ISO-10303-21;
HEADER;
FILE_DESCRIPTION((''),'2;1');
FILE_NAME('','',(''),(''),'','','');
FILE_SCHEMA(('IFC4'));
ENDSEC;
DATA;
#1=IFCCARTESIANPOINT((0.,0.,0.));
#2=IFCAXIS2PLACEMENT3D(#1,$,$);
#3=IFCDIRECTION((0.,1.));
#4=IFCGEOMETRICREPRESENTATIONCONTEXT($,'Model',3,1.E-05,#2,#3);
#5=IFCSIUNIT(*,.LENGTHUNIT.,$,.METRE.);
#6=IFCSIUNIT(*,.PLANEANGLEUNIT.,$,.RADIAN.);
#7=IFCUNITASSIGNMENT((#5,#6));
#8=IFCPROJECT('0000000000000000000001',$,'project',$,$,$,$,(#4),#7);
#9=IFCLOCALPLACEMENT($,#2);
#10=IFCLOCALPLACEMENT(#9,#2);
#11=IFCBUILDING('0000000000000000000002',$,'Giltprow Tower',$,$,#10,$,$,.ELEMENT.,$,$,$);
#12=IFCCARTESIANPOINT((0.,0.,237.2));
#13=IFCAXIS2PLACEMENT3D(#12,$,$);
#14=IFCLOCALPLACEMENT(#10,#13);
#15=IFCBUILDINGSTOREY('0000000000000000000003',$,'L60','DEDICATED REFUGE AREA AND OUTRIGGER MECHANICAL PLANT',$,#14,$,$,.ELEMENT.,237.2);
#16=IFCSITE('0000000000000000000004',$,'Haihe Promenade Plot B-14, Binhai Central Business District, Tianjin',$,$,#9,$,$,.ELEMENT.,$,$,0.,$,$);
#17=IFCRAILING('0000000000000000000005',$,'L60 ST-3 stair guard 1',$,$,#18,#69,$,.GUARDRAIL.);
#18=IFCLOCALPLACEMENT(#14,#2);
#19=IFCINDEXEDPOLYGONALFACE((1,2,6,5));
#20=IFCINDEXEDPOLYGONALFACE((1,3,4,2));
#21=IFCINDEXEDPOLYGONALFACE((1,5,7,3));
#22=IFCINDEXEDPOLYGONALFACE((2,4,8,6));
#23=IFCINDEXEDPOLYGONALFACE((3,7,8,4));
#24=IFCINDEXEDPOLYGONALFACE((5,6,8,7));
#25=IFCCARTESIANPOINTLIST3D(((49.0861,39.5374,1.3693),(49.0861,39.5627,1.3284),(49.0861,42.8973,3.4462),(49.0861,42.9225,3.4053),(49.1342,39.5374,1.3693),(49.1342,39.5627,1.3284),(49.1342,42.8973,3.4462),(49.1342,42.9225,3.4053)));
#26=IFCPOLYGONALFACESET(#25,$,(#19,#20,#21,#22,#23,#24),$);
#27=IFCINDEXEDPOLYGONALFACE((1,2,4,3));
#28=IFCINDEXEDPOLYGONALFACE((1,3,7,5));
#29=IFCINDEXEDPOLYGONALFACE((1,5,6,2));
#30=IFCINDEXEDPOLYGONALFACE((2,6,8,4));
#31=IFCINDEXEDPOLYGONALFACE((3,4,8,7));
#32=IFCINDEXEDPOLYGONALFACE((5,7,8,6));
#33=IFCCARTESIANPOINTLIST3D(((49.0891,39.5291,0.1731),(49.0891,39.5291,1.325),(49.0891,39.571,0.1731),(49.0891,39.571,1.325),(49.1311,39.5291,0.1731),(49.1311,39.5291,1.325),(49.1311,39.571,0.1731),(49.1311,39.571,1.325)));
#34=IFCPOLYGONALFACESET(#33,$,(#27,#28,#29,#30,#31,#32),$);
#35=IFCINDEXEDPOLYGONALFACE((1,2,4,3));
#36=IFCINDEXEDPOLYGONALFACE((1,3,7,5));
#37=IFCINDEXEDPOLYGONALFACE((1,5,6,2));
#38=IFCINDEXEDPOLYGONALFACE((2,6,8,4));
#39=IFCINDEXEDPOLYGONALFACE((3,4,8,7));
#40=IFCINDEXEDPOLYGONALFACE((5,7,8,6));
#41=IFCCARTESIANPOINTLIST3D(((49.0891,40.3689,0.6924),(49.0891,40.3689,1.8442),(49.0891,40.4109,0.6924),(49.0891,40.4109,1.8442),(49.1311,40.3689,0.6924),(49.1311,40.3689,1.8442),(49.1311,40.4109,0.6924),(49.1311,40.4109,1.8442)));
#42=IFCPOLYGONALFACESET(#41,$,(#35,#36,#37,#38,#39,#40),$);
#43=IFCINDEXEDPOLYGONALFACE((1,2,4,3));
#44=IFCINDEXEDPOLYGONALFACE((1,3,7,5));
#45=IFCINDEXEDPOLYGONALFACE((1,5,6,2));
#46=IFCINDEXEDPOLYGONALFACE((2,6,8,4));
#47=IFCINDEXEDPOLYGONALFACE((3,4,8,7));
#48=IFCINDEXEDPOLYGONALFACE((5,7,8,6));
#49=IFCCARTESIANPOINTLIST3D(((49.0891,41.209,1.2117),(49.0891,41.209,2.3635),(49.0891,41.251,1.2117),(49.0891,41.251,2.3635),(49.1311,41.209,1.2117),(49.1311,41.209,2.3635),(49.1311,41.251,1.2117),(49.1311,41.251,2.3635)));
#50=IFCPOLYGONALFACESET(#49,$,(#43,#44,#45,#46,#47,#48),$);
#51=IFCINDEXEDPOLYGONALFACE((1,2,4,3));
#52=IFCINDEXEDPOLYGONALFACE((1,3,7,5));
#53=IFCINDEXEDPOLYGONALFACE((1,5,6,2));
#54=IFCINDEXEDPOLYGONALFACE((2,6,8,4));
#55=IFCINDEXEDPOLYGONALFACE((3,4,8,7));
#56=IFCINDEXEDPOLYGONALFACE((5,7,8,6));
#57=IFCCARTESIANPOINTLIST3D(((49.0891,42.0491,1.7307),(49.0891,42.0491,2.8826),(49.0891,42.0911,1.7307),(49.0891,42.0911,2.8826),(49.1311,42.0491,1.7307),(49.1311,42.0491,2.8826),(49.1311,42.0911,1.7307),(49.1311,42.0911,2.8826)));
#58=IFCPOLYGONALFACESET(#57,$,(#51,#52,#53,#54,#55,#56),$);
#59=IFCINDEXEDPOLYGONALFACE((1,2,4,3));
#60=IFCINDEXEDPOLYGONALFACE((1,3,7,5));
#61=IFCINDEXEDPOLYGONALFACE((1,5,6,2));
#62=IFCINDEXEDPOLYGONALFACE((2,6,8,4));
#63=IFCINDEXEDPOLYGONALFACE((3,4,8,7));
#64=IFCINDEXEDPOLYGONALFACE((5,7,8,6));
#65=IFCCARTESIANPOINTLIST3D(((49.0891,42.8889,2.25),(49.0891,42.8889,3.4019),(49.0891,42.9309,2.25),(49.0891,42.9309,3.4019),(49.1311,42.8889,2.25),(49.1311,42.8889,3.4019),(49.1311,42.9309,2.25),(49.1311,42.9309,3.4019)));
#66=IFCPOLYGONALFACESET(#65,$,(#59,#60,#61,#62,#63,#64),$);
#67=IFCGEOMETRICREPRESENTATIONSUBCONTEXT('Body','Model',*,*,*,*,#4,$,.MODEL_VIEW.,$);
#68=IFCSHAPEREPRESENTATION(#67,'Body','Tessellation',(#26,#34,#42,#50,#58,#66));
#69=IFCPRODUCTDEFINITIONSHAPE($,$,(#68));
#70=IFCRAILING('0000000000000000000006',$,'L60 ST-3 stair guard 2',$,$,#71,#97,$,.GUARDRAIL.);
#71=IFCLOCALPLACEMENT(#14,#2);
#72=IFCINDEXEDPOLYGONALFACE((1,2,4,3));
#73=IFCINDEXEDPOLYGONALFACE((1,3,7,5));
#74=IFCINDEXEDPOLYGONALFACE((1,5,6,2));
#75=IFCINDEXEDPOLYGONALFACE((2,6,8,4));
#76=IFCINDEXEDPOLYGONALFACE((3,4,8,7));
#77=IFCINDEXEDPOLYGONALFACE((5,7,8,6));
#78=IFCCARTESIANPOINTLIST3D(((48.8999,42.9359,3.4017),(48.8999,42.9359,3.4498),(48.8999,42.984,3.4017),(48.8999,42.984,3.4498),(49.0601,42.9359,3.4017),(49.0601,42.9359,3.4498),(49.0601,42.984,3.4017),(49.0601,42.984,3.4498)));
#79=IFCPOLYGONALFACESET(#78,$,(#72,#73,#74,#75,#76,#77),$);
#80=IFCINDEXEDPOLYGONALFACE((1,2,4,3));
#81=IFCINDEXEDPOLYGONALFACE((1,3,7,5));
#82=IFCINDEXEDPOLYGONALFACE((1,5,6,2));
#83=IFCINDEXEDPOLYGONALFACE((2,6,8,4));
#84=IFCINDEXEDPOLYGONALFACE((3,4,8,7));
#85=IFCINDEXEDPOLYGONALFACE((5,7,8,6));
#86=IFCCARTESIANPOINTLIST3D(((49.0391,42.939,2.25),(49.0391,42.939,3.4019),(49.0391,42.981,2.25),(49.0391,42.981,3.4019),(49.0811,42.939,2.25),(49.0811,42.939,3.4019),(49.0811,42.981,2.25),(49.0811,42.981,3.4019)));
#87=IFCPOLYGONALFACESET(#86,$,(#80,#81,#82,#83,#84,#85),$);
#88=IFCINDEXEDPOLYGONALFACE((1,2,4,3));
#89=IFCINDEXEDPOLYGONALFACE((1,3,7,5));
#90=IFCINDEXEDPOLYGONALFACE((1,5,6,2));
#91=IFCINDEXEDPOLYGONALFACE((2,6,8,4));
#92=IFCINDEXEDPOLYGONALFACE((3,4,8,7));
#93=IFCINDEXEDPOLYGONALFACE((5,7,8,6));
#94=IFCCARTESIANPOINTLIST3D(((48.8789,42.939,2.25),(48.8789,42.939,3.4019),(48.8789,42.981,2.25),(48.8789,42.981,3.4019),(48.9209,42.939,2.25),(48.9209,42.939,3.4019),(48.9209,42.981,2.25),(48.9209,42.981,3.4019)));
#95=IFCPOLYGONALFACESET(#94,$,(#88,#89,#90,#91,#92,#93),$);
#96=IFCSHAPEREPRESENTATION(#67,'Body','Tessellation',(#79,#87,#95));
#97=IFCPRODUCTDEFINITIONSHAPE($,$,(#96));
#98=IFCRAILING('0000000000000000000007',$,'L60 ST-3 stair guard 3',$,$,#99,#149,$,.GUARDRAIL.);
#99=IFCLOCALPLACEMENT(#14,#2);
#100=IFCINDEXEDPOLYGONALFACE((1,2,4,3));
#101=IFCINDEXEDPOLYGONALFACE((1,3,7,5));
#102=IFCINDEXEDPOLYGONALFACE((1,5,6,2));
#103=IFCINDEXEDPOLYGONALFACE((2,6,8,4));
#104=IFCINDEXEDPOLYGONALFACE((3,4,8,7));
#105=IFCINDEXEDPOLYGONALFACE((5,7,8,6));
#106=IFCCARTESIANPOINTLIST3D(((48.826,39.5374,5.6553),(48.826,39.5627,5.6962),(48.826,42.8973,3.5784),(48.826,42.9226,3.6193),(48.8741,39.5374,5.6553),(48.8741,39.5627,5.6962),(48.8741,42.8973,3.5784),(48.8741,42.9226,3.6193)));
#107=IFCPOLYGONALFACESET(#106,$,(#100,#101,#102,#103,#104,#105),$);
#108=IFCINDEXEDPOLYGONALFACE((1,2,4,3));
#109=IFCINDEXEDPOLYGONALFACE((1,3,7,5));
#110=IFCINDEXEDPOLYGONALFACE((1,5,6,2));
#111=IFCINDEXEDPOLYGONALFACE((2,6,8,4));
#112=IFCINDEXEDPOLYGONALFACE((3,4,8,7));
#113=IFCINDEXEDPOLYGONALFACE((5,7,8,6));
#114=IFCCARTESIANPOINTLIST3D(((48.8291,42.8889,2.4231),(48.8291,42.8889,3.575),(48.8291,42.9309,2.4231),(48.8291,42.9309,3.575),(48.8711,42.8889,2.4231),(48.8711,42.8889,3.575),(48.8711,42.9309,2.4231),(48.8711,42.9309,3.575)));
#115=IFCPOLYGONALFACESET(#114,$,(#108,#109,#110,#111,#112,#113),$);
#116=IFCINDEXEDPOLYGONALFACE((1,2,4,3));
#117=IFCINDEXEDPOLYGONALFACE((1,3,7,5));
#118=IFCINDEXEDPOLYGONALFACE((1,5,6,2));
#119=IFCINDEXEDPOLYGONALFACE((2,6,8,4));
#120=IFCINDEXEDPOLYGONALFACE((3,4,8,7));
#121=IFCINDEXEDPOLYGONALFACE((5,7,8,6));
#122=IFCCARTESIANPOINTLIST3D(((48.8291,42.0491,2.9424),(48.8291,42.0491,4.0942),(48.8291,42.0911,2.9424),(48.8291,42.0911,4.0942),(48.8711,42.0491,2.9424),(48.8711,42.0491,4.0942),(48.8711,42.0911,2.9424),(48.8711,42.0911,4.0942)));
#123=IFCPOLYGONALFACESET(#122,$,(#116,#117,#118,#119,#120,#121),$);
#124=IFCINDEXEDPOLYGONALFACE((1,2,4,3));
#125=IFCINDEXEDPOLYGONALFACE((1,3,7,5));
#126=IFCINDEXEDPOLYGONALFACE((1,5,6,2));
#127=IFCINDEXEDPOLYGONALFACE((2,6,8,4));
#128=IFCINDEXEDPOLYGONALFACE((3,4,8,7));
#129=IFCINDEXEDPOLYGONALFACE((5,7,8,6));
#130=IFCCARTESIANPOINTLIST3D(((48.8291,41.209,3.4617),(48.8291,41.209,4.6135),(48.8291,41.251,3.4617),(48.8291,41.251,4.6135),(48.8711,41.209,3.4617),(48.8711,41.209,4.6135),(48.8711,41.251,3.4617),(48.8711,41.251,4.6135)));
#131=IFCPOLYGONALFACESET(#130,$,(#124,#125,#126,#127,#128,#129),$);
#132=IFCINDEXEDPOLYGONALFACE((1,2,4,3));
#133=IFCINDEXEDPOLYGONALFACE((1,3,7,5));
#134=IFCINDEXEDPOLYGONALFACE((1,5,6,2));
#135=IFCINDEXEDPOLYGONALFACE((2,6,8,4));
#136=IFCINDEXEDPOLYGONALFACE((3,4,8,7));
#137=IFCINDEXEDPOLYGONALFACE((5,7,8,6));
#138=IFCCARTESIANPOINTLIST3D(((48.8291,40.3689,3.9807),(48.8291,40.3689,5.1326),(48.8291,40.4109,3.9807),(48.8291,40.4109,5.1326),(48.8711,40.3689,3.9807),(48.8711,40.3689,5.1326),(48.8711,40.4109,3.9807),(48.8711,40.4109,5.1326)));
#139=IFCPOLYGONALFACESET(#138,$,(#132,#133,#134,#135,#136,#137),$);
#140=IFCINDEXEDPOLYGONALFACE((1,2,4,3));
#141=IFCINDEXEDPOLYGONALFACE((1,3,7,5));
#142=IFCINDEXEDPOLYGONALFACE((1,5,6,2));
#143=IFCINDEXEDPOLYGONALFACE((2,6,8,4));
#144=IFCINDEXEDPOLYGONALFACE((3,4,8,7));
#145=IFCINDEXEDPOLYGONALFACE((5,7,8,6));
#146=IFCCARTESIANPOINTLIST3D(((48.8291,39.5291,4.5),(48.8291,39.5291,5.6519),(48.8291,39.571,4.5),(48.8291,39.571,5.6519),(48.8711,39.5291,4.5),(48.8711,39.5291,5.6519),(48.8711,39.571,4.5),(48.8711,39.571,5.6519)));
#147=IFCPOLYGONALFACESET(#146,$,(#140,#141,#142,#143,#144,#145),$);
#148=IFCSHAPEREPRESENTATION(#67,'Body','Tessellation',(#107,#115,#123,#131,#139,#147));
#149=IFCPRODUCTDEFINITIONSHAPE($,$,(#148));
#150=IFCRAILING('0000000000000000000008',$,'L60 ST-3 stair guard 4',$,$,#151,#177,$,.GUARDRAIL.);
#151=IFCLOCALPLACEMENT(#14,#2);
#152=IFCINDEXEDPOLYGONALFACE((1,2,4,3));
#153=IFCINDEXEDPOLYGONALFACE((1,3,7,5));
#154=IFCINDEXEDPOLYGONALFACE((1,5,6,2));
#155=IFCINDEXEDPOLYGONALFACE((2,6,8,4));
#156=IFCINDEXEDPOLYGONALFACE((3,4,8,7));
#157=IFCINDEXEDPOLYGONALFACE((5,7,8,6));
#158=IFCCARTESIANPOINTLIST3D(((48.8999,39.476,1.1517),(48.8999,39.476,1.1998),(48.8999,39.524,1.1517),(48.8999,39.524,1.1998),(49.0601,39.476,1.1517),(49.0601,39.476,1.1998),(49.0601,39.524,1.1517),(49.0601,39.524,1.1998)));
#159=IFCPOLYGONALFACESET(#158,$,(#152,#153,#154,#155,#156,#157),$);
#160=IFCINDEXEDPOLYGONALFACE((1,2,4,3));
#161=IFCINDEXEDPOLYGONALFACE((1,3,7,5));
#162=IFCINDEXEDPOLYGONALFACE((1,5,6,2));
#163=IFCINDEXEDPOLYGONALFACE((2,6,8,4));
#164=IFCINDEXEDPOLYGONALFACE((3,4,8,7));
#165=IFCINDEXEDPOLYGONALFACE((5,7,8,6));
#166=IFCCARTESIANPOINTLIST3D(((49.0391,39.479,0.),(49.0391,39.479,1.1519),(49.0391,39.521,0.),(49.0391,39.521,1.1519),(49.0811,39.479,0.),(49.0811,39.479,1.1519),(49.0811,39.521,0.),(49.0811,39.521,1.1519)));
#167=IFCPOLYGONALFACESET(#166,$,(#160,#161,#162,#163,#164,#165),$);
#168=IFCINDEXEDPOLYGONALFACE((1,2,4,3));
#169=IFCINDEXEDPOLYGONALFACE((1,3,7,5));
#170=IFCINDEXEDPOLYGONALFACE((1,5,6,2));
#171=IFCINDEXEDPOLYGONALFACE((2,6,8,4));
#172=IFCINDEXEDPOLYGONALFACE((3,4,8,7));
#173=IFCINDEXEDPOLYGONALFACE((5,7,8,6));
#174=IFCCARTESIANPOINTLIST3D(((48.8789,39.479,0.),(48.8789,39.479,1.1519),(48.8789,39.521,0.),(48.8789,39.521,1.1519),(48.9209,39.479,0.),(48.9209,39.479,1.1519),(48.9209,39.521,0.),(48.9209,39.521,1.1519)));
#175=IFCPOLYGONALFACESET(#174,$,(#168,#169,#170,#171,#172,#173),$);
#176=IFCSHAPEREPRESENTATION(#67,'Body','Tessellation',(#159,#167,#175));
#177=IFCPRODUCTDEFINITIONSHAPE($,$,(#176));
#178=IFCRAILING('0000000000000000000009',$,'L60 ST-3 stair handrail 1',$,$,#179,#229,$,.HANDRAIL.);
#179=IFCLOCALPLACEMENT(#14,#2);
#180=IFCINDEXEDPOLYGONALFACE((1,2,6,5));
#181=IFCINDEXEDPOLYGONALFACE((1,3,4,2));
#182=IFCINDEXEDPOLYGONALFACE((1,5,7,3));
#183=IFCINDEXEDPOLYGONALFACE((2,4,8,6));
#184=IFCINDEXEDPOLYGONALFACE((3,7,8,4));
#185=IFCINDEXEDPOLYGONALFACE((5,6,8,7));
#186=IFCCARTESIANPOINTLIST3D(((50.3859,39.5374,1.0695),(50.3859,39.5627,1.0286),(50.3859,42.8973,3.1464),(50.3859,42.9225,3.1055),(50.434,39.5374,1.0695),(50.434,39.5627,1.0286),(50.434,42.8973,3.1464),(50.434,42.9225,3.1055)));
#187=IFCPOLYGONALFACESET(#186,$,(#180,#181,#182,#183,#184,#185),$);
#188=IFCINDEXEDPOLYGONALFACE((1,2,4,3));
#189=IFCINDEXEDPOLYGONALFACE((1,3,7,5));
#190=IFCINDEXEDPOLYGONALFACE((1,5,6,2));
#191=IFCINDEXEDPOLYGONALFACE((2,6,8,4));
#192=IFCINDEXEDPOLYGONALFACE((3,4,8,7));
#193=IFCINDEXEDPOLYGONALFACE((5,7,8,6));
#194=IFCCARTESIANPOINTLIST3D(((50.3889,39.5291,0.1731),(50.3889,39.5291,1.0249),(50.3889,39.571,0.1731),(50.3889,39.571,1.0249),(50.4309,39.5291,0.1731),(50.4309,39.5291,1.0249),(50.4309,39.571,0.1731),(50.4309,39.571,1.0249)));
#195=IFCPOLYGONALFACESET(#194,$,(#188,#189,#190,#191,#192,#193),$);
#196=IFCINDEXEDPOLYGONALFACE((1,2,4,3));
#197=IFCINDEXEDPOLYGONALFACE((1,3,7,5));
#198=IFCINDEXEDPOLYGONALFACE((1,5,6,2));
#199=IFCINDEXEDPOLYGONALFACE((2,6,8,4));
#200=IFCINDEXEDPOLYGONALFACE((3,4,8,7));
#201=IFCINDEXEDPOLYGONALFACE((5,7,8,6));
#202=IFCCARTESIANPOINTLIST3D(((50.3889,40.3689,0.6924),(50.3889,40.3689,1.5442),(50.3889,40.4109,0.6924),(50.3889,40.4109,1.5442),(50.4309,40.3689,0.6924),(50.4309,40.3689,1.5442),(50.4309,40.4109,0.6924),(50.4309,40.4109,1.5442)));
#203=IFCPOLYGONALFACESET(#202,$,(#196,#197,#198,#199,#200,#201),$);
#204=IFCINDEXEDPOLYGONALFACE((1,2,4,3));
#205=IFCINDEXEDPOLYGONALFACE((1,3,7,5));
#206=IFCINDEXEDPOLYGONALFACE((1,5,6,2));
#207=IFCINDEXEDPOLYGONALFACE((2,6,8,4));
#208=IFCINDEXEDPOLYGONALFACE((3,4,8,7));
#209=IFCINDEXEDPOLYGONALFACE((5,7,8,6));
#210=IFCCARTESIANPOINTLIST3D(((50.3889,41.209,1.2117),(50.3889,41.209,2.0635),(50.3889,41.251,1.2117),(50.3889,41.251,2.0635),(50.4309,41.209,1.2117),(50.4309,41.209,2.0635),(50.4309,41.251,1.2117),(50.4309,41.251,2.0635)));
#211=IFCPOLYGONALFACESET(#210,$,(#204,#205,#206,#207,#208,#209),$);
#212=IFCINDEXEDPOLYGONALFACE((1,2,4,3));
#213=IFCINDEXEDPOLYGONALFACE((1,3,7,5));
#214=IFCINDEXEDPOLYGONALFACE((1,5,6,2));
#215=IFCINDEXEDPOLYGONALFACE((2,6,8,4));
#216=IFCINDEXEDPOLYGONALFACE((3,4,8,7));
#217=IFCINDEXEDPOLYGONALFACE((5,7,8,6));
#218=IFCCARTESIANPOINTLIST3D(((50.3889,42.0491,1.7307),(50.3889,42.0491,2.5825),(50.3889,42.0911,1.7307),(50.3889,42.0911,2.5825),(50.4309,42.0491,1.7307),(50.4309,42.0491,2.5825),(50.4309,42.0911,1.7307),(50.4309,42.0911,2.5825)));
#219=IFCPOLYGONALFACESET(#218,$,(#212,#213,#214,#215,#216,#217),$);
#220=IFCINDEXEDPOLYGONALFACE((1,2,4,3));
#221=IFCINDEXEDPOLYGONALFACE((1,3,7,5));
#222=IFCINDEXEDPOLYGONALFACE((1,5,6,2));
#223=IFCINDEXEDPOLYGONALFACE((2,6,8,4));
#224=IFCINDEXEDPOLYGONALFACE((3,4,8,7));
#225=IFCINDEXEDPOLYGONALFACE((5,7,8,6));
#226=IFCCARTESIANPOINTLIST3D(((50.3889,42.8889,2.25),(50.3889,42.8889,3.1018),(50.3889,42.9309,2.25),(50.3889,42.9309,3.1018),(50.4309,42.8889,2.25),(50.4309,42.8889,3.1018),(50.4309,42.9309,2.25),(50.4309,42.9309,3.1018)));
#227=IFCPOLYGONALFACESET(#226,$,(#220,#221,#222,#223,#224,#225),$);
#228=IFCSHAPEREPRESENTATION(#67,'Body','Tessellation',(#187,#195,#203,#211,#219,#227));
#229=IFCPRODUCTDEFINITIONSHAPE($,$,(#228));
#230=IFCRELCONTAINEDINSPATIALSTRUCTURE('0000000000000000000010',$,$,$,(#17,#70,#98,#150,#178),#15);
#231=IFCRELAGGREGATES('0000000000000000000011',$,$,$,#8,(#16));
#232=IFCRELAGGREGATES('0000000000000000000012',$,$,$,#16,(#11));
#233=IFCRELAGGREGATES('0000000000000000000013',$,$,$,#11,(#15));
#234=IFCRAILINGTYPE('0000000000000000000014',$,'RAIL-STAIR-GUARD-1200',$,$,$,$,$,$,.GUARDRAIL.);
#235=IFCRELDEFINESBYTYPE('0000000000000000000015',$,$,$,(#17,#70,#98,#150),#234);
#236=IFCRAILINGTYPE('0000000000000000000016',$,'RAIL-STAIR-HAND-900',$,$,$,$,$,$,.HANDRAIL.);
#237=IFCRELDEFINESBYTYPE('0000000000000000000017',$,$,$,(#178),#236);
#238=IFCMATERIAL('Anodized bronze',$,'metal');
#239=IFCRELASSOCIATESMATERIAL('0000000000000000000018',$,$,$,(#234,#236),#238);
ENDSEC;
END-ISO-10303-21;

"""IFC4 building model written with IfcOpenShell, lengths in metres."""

from ifc_helpers import new_model, si_unit, direction, frame, origin, origin_2d, place, context, subcontext, project, spatial, rectangle, extrude, material, type_object, element, save


model = new_model("IFC4")

# Units and contexts
model_context = context("Model", 3, precision=1e-05, world=origin(), true_north=direction((0.0, 1.0)))
body_context = subcontext(model_context, "Body", "Model", "MODEL_VIEW")
ifc_project = project(units=[si_unit("LENGTHUNIT", "METRE"), si_unit("PLANEANGLEUNIT", "RADIAN")], contexts=[model_context])

# Site, building, storey
site_placement = place(None, origin())
site = spatial("IfcSite", under=ifc_project, at=site_placement, Name="Haihe Promenade Plot B-14, Binhai Central Business District, Tianjin", CompositionType="ELEMENT", RefElevation=0.0)
building_placement = place(site_placement, origin())
building = spatial("IfcBuilding", under=site, at=building_placement, Name="Giltprow Tower", CompositionType="ELEMENT")
storey_placement = place(building_placement, frame((0.0, 0.0, 237.2)))
storey = spatial("IfcBuildingStorey", under=building, at=storey_placement, Name="L60", Description="DEDICATED REFUGE AREA AND OUTRIGGER MECHANICAL PLANT", CompositionType="ELEMENT", Elevation=237.2)

# Railings
ifc_material_1 = material(Name="Anodized bronze", Category="metal")
railing_type_1 = type_object("IfcRailingType", Name="RAIL-STAIR-GUARD-1200", PredefinedType="GUARDRAIL", material=ifc_material_1)
railing_1_placement = place(storey_placement, frame((49.1101, 39.55, 0.1731)))
element("IfcRailing", 1, at=railing_1_placement, inside=storey, type_object=railing_type_1, Name="L60 ST-3 stair guard 1", PredefinedType="GUARDRAIL", context=body_context, shape_type="SweptSolid", body=[
    extrude(rectangle(XDim=0.0481, YDim=0.0481, at=origin_2d()), frame((0.0, 0.0, 1.1758), z_axis=(0.0, 0.850606, 0.525803), x_axis=(-1.0, 0.0, 0.0)), (0.0, 0.0, 1.0), 3.95),
    extrude(rectangle(XDim=0.042, YDim=0.042, at=origin_2d()), origin(), (0.0, 0.0, 1.0), 1.1519),
    extrude(rectangle(XDim=0.042, YDim=0.042, at=origin_2d()), frame((0.0, 0.8398, 0.5193)), (0.0, 0.0, 1.0), 1.1519),
    extrude(rectangle(XDim=0.042, YDim=0.042, at=origin_2d()), frame((0.0, 1.6799, 1.0386)), (0.0, 0.0, 1.0), 1.1519),
    extrude(rectangle(XDim=0.042, YDim=0.042, at=origin_2d()), frame((0.0, 2.52, 1.5576)), (0.0, 0.0, 1.0), 1.1519),
    extrude(rectangle(XDim=0.042, YDim=0.042, at=origin_2d()), frame((0.0, 3.3599, 2.0769)), (0.0, 0.0, 1.0), 1.1519),
])
railing_2_placement = place(storey_placement, frame((49.0601, 42.96, 2.25)))
element("IfcRailing", 2, at=railing_2_placement, inside=storey, type_object=railing_type_1, Name="L60 ST-3 stair guard 2", PredefinedType="GUARDRAIL", context=body_context, shape_type="SweptSolid", body=[
    extrude(rectangle(XDim=0.0481, YDim=0.0481, at=origin_2d()), frame((0.0, 0.0, 1.1758), z_axis=(-1.0, 0.0, 0.0), x_axis=(0.0, -1.0, 0.0)), (0.0, 0.0, 1.0), 0.1602),
    extrude(rectangle(XDim=0.042, YDim=0.042, at=origin_2d()), origin(), (0.0, 0.0, 1.0), 1.1519),
    extrude(rectangle(XDim=0.042, YDim=0.042, at=origin_2d()), frame((-0.1602, 0.0, 0.0)), (0.0, 0.0, 1.0), 1.1519),
])
railing_3_placement = place(storey_placement, frame((48.8501, 42.9099, 2.4231)))
element("IfcRailing", 3, at=railing_3_placement, inside=storey, type_object=railing_type_1, Name="L60 ST-3 stair guard 3", PredefinedType="GUARDRAIL", context=body_context, shape_type="SweptSolid", body=[
    extrude(rectangle(XDim=0.0481, YDim=0.0481, at=origin_2d()), frame((0.0, 0.0, 1.1758), z_axis=(0.0, -0.850606, 0.525803), x_axis=(1.0, 0.0, 0.0)), (0.0, 0.0, 1.0), 3.95),
    extrude(rectangle(XDim=0.042, YDim=0.042, at=origin_2d()), origin(), (0.0, 0.0, 1.0), 1.1519),
    extrude(rectangle(XDim=0.042, YDim=0.042, at=origin_2d()), frame((0.0, -0.8398, 0.5193)), (0.0, 0.0, 1.0), 1.1519),
    extrude(rectangle(XDim=0.042, YDim=0.042, at=origin_2d()), frame((0.0, -1.6799, 1.0386)), (0.0, 0.0, 1.0), 1.1519),
    extrude(rectangle(XDim=0.042, YDim=0.042, at=origin_2d()), frame((0.0, -2.52, 1.5576)), (0.0, 0.0, 1.0), 1.1519),
    extrude(rectangle(XDim=0.042, YDim=0.042, at=origin_2d()), frame((0.0, -3.3599, 2.0769)), (0.0, 0.0, 1.0), 1.1519),
])
railing_4_placement = place(storey_placement, frame((49.0601, 39.5, 0.0)))
element("IfcRailing", 4, at=railing_4_placement, inside=storey, type_object=railing_type_1, Name="L60 ST-3 stair guard 4", PredefinedType="GUARDRAIL", context=body_context, shape_type="SweptSolid", body=[
    extrude(rectangle(XDim=0.0481, YDim=0.0481, at=origin_2d()), frame((0.0, 0.0, 1.1758), z_axis=(-1.0, 0.0, 0.0), x_axis=(0.0, -1.0, 0.0)), (0.0, 0.0, 1.0), 0.1602),
    extrude(rectangle(XDim=0.042, YDim=0.042, at=origin_2d()), origin(), (0.0, 0.0, 1.0), 1.1519),
    extrude(rectangle(XDim=0.042, YDim=0.042, at=origin_2d()), frame((-0.1602, 0.0, 0.0)), (0.0, 0.0, 1.0), 1.1519),
])
railing_type_2 = type_object("IfcRailingType", Name="RAIL-STAIR-HAND-900", PredefinedType="HANDRAIL", material=ifc_material_1)
railing_5_placement = place(storey_placement, frame((50.4099, 39.55, 0.1731)))
element("IfcRailing", 5, at=railing_5_placement, inside=storey, type_object=railing_type_2, Name="L60 ST-3 stair handrail 1", PredefinedType="HANDRAIL", context=body_context, shape_type="SweptSolid", body=[
    extrude(rectangle(XDim=0.0481, YDim=0.0481, at=origin_2d()), frame((0.0, 0.0, 0.876), z_axis=(0.0, 0.850606, 0.525803), x_axis=(-1.0, 0.0, 0.0)), (0.0, 0.0, 1.0), 3.95),
    extrude(rectangle(XDim=0.042, YDim=0.042, at=origin_2d()), origin(), (0.0, 0.0, 1.0), 0.8518),
    extrude(rectangle(XDim=0.042, YDim=0.042, at=origin_2d()), frame((0.0, 0.8398, 0.5193)), (0.0, 0.0, 1.0), 0.8518),
    extrude(rectangle(XDim=0.042, YDim=0.042, at=origin_2d()), frame((0.0, 1.6799, 1.0386)), (0.0, 0.0, 1.0), 0.8518),
    extrude(rectangle(XDim=0.042, YDim=0.042, at=origin_2d()), frame((0.0, 2.52, 1.5576)), (0.0, 0.0, 1.0), 0.8518),
    extrude(rectangle(XDim=0.042, YDim=0.042, at=origin_2d()), frame((0.0, 3.3599, 2.0769)), (0.0, 0.0, 1.0), 0.8518),
])

save(model, "model.ifc")
